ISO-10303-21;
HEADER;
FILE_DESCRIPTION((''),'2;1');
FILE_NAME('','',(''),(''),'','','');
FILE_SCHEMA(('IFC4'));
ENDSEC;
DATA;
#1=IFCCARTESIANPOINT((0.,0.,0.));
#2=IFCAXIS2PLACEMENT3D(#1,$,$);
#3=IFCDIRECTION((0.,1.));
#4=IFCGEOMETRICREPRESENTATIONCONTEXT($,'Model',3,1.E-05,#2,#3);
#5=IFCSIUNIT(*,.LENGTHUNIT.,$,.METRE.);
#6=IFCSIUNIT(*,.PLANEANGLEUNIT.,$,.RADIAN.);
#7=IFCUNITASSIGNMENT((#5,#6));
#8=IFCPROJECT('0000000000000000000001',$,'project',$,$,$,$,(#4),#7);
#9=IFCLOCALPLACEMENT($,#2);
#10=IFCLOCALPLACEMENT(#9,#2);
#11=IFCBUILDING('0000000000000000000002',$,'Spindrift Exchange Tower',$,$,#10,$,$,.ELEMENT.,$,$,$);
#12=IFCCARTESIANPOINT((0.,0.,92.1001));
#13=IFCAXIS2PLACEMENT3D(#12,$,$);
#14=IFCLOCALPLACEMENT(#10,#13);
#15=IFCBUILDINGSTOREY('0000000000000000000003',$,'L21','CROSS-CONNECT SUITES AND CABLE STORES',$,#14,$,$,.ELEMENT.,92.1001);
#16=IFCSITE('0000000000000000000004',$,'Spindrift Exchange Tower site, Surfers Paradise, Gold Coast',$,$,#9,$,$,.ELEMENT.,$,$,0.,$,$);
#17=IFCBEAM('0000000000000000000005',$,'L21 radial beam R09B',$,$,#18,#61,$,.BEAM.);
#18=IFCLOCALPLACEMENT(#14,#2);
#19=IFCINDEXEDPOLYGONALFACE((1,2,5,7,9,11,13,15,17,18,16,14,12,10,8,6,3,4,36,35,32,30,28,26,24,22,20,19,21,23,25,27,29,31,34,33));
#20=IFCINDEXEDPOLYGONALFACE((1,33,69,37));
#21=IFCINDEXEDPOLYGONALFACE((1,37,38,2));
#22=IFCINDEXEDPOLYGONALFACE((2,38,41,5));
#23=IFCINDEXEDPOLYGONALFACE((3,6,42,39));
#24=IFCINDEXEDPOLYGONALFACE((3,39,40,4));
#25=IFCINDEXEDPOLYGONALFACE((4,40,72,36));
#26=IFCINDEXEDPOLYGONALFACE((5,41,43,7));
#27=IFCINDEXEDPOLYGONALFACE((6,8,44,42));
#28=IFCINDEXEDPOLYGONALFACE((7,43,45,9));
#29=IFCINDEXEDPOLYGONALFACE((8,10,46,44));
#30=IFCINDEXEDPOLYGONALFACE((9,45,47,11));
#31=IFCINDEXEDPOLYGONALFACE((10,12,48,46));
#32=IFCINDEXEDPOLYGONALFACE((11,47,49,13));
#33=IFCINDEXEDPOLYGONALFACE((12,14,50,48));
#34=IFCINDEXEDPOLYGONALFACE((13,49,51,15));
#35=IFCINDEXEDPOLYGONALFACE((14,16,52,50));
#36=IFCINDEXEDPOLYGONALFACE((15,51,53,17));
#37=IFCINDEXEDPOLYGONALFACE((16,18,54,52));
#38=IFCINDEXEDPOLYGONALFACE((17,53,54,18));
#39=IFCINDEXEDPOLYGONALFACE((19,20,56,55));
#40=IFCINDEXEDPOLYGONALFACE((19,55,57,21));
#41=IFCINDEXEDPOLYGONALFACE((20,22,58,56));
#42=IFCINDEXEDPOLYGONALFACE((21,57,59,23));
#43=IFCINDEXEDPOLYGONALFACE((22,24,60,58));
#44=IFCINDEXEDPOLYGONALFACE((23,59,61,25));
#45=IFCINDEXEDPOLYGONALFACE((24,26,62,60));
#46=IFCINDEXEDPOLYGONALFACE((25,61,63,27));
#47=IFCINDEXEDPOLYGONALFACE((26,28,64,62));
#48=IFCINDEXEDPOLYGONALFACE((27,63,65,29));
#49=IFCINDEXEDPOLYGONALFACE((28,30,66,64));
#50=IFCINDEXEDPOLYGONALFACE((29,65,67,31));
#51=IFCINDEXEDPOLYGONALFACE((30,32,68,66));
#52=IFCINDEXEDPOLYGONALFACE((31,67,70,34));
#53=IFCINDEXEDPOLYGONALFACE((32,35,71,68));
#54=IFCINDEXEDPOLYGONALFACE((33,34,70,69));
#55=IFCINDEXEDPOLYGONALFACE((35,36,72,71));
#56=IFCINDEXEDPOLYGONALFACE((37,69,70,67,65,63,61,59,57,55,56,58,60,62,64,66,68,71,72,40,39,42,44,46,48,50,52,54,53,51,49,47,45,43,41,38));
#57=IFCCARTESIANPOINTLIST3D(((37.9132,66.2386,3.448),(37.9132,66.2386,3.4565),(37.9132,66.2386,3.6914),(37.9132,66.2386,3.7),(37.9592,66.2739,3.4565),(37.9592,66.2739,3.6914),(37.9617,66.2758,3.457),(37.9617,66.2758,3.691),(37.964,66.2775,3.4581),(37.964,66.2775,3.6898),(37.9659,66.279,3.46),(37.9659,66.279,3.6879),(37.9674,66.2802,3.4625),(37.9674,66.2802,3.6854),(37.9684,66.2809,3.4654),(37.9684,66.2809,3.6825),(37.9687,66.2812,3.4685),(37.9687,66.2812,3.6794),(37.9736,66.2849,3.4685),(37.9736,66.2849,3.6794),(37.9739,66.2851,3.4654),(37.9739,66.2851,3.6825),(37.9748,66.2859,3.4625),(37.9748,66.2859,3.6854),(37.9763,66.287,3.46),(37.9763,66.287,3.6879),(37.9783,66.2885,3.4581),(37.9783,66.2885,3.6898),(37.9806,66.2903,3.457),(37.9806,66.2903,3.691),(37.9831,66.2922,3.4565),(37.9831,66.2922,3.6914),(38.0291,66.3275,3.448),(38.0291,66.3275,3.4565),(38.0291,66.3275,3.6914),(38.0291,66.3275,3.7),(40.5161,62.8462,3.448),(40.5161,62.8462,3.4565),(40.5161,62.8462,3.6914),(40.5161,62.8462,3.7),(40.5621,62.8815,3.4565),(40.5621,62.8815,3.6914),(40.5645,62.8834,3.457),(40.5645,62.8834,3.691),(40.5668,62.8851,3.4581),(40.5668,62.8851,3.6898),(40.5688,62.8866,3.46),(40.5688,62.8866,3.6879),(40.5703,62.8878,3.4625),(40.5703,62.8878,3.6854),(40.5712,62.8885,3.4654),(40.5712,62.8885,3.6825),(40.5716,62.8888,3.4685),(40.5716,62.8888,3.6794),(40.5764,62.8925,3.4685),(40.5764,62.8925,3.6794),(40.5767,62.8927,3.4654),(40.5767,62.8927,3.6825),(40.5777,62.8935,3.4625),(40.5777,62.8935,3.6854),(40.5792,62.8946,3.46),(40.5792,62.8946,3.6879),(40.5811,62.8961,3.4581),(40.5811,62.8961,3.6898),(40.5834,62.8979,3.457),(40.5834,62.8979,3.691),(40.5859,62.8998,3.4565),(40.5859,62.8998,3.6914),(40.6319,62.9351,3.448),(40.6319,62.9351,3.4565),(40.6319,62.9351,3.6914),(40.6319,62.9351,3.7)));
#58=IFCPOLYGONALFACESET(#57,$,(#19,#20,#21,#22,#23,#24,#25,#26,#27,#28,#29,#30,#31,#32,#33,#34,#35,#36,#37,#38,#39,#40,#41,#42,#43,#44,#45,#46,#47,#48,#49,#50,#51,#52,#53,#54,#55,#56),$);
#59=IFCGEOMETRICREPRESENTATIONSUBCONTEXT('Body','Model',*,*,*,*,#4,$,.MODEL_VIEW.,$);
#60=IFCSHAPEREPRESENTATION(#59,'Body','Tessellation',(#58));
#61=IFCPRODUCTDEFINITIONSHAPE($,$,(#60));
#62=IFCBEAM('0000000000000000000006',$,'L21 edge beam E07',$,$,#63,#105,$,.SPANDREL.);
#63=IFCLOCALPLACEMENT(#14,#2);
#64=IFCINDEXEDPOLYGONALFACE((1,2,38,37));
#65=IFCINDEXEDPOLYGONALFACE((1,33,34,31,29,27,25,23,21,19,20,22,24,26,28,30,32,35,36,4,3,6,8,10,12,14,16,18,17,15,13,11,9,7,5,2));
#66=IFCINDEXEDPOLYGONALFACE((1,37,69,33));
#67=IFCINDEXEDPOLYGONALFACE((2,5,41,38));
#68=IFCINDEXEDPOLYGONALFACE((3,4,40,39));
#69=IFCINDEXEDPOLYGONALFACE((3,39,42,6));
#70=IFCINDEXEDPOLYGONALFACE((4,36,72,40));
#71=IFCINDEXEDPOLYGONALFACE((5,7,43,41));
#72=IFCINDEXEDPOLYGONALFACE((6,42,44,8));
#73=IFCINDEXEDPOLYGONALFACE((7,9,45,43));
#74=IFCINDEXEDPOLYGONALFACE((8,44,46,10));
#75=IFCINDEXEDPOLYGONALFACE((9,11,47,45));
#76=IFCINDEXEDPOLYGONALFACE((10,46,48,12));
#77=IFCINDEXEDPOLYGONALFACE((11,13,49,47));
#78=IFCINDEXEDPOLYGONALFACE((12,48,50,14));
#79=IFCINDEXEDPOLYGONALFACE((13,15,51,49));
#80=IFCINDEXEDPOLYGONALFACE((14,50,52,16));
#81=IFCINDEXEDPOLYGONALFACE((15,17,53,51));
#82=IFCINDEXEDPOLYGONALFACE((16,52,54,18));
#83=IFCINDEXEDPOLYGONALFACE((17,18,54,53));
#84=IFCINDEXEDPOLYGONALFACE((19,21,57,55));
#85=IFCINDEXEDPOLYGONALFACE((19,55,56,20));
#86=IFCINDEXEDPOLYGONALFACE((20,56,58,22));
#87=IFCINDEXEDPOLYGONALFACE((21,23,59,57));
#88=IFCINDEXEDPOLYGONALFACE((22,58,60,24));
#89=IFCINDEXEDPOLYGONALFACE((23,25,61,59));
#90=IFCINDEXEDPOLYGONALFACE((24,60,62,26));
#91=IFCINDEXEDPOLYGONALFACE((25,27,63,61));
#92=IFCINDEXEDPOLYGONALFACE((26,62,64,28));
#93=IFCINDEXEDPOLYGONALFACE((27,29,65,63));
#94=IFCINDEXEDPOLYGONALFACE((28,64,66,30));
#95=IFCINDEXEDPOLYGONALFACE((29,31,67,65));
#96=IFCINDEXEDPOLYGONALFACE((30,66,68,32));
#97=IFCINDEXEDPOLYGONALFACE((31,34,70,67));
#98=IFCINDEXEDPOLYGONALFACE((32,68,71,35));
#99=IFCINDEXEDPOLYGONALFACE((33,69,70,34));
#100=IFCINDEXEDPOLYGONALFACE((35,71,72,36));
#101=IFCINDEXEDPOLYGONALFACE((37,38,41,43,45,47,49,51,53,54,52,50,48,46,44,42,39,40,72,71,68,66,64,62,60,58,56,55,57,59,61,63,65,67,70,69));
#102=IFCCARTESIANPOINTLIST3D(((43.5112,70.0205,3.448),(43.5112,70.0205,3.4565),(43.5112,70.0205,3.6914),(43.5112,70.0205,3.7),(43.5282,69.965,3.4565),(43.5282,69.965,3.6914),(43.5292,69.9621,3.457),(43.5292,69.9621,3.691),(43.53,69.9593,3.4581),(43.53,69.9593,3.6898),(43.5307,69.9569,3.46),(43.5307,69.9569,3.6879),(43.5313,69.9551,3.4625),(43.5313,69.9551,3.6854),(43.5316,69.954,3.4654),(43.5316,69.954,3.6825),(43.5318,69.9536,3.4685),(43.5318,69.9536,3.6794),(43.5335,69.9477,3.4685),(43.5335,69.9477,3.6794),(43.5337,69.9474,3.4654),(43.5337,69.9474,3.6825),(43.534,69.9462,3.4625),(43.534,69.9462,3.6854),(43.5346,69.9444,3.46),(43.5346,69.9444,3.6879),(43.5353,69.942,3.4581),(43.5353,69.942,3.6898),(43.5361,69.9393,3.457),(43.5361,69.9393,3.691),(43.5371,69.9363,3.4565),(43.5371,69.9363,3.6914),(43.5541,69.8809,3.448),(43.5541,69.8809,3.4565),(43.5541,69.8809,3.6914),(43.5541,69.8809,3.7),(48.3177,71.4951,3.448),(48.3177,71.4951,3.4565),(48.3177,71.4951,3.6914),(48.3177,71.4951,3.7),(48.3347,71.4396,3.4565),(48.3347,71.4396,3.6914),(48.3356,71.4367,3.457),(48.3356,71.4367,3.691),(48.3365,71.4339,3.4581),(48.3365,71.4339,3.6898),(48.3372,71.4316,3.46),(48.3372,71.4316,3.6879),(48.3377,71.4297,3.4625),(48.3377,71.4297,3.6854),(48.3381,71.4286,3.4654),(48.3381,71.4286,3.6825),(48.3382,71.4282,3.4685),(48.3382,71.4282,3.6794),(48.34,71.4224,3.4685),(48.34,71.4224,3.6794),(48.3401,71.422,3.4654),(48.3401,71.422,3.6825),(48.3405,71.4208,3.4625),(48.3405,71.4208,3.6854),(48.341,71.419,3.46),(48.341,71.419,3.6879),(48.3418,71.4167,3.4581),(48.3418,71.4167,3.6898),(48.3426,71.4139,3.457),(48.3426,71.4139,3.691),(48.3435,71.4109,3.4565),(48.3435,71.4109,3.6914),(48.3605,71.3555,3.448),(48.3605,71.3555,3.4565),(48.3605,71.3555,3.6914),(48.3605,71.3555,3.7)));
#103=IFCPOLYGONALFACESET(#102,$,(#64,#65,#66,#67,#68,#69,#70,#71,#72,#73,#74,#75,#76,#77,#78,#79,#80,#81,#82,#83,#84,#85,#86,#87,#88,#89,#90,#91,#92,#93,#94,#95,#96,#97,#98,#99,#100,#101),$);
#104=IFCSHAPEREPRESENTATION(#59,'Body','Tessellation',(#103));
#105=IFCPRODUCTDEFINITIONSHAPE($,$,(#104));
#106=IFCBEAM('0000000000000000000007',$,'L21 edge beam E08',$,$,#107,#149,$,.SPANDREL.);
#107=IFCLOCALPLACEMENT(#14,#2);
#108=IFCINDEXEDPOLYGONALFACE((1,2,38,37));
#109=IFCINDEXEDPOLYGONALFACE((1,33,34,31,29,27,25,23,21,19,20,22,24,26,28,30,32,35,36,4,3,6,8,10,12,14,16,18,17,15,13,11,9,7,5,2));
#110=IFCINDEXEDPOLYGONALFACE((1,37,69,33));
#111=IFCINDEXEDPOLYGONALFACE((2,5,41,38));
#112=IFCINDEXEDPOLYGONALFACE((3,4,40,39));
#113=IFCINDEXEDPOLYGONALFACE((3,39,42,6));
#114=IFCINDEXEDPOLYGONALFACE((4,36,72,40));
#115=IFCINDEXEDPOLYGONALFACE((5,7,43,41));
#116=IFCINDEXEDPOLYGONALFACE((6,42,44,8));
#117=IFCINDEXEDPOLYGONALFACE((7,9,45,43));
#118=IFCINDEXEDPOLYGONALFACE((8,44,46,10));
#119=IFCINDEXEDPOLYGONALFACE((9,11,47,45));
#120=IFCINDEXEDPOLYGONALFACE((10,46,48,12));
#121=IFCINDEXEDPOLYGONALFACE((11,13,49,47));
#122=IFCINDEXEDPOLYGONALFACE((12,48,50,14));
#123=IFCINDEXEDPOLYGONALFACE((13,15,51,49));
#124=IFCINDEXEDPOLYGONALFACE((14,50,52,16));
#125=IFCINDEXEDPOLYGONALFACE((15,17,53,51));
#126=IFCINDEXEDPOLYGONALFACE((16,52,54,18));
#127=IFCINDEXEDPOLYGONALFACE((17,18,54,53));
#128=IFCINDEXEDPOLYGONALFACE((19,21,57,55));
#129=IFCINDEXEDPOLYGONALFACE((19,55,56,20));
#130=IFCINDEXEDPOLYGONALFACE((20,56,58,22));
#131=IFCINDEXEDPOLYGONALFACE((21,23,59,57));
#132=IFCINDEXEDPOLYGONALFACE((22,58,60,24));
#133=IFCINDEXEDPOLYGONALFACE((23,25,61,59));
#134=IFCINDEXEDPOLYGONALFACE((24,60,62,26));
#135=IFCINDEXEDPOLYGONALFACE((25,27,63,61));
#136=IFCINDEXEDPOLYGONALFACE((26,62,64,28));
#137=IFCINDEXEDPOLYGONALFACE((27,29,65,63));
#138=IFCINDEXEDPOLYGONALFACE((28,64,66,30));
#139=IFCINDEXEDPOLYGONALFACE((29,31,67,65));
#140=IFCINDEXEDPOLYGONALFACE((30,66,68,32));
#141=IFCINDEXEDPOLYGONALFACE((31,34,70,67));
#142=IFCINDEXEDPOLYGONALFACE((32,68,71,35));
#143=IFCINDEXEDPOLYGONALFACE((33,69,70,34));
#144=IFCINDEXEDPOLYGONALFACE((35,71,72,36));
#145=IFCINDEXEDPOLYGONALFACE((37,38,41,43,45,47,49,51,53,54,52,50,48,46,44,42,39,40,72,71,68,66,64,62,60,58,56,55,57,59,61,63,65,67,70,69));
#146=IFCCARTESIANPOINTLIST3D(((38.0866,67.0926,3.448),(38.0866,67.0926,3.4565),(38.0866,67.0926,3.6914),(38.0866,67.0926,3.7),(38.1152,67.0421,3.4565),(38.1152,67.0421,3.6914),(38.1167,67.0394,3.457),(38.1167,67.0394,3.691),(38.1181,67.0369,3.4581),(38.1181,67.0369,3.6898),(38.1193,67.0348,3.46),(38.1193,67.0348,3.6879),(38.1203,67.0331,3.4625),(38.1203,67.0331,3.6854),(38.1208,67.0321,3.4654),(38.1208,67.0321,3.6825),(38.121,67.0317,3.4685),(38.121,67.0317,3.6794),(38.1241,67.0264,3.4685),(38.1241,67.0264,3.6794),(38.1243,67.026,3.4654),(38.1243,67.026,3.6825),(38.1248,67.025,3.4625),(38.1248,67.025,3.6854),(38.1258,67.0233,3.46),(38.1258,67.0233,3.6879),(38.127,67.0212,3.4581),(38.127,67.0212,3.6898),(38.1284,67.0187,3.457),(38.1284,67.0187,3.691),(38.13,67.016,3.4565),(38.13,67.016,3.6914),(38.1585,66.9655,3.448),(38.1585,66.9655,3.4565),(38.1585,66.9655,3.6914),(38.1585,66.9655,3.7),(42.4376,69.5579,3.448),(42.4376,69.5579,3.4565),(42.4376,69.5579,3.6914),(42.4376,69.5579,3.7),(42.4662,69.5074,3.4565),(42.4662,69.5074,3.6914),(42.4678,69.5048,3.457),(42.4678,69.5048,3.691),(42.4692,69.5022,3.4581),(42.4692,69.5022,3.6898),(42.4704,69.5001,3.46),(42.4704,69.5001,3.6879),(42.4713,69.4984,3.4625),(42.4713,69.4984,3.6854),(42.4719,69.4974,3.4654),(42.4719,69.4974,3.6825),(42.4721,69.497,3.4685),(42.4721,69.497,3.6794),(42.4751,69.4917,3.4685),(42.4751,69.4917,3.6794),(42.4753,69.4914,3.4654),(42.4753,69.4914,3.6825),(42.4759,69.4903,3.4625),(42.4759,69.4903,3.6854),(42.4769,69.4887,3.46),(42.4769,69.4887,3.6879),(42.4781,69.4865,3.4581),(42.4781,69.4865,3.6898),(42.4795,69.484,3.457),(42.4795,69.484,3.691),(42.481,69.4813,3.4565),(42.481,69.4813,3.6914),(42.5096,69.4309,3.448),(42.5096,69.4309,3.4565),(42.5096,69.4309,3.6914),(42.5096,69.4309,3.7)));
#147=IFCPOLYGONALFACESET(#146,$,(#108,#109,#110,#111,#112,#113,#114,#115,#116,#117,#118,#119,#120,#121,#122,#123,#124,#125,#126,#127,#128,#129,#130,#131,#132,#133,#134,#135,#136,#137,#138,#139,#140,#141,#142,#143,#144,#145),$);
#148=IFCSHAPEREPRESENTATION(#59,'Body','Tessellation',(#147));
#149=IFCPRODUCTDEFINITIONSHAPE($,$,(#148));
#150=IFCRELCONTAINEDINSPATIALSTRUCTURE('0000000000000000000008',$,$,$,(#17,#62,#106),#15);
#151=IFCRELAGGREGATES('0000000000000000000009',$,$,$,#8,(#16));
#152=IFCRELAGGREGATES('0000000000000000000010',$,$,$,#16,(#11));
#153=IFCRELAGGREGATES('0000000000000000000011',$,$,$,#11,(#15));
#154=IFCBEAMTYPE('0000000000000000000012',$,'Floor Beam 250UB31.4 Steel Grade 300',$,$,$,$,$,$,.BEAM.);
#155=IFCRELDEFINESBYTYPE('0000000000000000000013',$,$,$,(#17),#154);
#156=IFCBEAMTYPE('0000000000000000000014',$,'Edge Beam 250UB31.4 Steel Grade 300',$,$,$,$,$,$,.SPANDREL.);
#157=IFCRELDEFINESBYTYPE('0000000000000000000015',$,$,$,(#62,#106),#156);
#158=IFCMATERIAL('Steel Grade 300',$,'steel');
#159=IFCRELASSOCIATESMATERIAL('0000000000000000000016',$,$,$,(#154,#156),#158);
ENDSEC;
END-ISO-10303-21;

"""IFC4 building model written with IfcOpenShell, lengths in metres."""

from ifc_helpers import new_model, si_unit, direction, frame, origin, origin_2d, place, context, subcontext, project, spatial, i_section, extrude, source, transform, mapped, material, material_profile, profile_set, type_object, element, save


model = new_model("IFC4")

# Units and contexts
model_context = context("Model", 3, precision=1e-05, world=origin(), true_north=direction((0.0, 1.0)))
body_context = subcontext(model_context, "Body", "Model", "MODEL_VIEW")
ifc_project = project(units=[si_unit("LENGTHUNIT", "METRE"), si_unit("PLANEANGLEUNIT", "RADIAN")], contexts=[model_context])

# Site, building, storey
site_placement = place(None, origin())
site = spatial("IfcSite", under=ifc_project, at=site_placement, Name="Spindrift Exchange Tower site, Surfers Paradise, Gold Coast", CompositionType="ELEMENT", RefElevation=0.0)
building_placement = place(site_placement, origin())
building = spatial("IfcBuilding", under=site, at=building_placement, Name="Spindrift Exchange Tower", CompositionType="ELEMENT")
storey_placement = place(building_placement, frame((0.0, 0.0, 92.1001)))
storey = spatial("IfcBuildingStorey", under=building, at=storey_placement, Name="L21", Description="CROSS-CONNECT SUITES AND CABLE STORES", CompositionType="ELEMENT", Elevation=92.1001)

# Beams
ifc_material_1 = material(Name="Steel Grade 300", Category="steel")
ifc_material_profile_1 = material_profile(ifc_material_1, i_section(OverallWidth=0.146, OverallDepth=0.252, WebThickness=0.0061, FlangeThickness=0.0085, FilletRadius=0.012, at=origin_2d()), Name="250UB31.4")
ifc_profile_set_1 = profile_set([ifc_material_profile_1], Name="Steel Grade 300")
beam_type_1 = type_object("IfcBeamType", Name="Floor Beam 250UB31.4 Steel Grade 300", PredefinedType="BEAM", material=ifc_profile_set_1)
shared_shape_1 = source(origin(), body_context, "Body", "SweptSolid", [
    extrude(i_section(OverallWidth=0.146, OverallDepth=0.252, WebThickness=0.0061, FlangeThickness=0.0085, FilletRadius=0.012, at=origin_2d()), origin(), (0.0, 0.0, 1.0), 4.2759),
])
beam_1_placement = place(storey_placement, frame((40.574, 62.8906, 3.574), z_axis=(-0.608725, 0.793381, 0.0), x_axis=(-0.793381, -0.608725, 0.0)))
element("IfcBeam", 1, at=beam_1_placement, inside=storey, type_object=beam_type_1, Name="L21 radial beam R09B", PredefinedType="BEAM", context=body_context, shape_type="MappedRepresentation", body=[
    mapped(shared_shape_1, transform((0.0, 0.0, 0.0), scale=1.0)),
])
ifc_material_profile_2 = material_profile(ifc_material_1, i_section(OverallWidth=0.146, OverallDepth=0.252, WebThickness=0.0061, FlangeThickness=0.0085, FilletRadius=0.012, at=origin_2d()), Name="250UB31.4")
ifc_profile_set_2 = profile_set([ifc_material_profile_2], Name="Steel Grade 300")
beam_type_2 = type_object("IfcBeamType", Name="Edge Beam 250UB31.4 Steel Grade 300", PredefinedType="SPANDREL", material=ifc_profile_set_2)
shared_shape_2 = source(origin(), body_context, "Body", "SweptSolid", [
    extrude(i_section(OverallWidth=0.146, OverallDepth=0.252, WebThickness=0.0061, FlangeThickness=0.0085, FilletRadius=0.012, at=origin_2d()), origin(), (0.0, 0.0, 1.0), 5.0276),
])
beam_2_placement = place(storey_placement, frame((48.3391, 71.4253, 3.574), z_axis=(-0.956018, -0.293308, 0.0), x_axis=(0.293308, -0.956018, 0.0)))
element("IfcBeam", 2, at=beam_2_placement, inside=storey, type_object=beam_type_2, Name="L21 edge beam E07", PredefinedType="SPANDREL", context=body_context, shape_type="MappedRepresentation", body=[
    mapped(shared_shape_2, transform((0.0, 0.0, 0.0), scale=1.0)),
])
shared_shape_3 = source(origin(), body_context, "Body", "SweptSolid", [
    extrude(i_section(OverallWidth=0.146, OverallDepth=0.252, WebThickness=0.0061, FlangeThickness=0.0085, FilletRadius=0.012, at=origin_2d()), origin(), (0.0, 0.0, 1.0), 5.001),
])
beam_3_placement = place(storey_placement, frame((42.4736, 69.4944, 3.574), z_axis=(-0.870046, -0.492971, 0.0), x_axis=(0.492971, -0.870046, 0.0)))
element("IfcBeam", 3, at=beam_3_placement, inside=storey, type_object=beam_type_2, Name="L21 edge beam E08", PredefinedType="SPANDREL", context=body_context, shape_type="MappedRepresentation", body=[
    mapped(shared_shape_3, transform((0.0, 0.0, 0.0), scale=1.0)),
])

save(model, "model.ifc")
